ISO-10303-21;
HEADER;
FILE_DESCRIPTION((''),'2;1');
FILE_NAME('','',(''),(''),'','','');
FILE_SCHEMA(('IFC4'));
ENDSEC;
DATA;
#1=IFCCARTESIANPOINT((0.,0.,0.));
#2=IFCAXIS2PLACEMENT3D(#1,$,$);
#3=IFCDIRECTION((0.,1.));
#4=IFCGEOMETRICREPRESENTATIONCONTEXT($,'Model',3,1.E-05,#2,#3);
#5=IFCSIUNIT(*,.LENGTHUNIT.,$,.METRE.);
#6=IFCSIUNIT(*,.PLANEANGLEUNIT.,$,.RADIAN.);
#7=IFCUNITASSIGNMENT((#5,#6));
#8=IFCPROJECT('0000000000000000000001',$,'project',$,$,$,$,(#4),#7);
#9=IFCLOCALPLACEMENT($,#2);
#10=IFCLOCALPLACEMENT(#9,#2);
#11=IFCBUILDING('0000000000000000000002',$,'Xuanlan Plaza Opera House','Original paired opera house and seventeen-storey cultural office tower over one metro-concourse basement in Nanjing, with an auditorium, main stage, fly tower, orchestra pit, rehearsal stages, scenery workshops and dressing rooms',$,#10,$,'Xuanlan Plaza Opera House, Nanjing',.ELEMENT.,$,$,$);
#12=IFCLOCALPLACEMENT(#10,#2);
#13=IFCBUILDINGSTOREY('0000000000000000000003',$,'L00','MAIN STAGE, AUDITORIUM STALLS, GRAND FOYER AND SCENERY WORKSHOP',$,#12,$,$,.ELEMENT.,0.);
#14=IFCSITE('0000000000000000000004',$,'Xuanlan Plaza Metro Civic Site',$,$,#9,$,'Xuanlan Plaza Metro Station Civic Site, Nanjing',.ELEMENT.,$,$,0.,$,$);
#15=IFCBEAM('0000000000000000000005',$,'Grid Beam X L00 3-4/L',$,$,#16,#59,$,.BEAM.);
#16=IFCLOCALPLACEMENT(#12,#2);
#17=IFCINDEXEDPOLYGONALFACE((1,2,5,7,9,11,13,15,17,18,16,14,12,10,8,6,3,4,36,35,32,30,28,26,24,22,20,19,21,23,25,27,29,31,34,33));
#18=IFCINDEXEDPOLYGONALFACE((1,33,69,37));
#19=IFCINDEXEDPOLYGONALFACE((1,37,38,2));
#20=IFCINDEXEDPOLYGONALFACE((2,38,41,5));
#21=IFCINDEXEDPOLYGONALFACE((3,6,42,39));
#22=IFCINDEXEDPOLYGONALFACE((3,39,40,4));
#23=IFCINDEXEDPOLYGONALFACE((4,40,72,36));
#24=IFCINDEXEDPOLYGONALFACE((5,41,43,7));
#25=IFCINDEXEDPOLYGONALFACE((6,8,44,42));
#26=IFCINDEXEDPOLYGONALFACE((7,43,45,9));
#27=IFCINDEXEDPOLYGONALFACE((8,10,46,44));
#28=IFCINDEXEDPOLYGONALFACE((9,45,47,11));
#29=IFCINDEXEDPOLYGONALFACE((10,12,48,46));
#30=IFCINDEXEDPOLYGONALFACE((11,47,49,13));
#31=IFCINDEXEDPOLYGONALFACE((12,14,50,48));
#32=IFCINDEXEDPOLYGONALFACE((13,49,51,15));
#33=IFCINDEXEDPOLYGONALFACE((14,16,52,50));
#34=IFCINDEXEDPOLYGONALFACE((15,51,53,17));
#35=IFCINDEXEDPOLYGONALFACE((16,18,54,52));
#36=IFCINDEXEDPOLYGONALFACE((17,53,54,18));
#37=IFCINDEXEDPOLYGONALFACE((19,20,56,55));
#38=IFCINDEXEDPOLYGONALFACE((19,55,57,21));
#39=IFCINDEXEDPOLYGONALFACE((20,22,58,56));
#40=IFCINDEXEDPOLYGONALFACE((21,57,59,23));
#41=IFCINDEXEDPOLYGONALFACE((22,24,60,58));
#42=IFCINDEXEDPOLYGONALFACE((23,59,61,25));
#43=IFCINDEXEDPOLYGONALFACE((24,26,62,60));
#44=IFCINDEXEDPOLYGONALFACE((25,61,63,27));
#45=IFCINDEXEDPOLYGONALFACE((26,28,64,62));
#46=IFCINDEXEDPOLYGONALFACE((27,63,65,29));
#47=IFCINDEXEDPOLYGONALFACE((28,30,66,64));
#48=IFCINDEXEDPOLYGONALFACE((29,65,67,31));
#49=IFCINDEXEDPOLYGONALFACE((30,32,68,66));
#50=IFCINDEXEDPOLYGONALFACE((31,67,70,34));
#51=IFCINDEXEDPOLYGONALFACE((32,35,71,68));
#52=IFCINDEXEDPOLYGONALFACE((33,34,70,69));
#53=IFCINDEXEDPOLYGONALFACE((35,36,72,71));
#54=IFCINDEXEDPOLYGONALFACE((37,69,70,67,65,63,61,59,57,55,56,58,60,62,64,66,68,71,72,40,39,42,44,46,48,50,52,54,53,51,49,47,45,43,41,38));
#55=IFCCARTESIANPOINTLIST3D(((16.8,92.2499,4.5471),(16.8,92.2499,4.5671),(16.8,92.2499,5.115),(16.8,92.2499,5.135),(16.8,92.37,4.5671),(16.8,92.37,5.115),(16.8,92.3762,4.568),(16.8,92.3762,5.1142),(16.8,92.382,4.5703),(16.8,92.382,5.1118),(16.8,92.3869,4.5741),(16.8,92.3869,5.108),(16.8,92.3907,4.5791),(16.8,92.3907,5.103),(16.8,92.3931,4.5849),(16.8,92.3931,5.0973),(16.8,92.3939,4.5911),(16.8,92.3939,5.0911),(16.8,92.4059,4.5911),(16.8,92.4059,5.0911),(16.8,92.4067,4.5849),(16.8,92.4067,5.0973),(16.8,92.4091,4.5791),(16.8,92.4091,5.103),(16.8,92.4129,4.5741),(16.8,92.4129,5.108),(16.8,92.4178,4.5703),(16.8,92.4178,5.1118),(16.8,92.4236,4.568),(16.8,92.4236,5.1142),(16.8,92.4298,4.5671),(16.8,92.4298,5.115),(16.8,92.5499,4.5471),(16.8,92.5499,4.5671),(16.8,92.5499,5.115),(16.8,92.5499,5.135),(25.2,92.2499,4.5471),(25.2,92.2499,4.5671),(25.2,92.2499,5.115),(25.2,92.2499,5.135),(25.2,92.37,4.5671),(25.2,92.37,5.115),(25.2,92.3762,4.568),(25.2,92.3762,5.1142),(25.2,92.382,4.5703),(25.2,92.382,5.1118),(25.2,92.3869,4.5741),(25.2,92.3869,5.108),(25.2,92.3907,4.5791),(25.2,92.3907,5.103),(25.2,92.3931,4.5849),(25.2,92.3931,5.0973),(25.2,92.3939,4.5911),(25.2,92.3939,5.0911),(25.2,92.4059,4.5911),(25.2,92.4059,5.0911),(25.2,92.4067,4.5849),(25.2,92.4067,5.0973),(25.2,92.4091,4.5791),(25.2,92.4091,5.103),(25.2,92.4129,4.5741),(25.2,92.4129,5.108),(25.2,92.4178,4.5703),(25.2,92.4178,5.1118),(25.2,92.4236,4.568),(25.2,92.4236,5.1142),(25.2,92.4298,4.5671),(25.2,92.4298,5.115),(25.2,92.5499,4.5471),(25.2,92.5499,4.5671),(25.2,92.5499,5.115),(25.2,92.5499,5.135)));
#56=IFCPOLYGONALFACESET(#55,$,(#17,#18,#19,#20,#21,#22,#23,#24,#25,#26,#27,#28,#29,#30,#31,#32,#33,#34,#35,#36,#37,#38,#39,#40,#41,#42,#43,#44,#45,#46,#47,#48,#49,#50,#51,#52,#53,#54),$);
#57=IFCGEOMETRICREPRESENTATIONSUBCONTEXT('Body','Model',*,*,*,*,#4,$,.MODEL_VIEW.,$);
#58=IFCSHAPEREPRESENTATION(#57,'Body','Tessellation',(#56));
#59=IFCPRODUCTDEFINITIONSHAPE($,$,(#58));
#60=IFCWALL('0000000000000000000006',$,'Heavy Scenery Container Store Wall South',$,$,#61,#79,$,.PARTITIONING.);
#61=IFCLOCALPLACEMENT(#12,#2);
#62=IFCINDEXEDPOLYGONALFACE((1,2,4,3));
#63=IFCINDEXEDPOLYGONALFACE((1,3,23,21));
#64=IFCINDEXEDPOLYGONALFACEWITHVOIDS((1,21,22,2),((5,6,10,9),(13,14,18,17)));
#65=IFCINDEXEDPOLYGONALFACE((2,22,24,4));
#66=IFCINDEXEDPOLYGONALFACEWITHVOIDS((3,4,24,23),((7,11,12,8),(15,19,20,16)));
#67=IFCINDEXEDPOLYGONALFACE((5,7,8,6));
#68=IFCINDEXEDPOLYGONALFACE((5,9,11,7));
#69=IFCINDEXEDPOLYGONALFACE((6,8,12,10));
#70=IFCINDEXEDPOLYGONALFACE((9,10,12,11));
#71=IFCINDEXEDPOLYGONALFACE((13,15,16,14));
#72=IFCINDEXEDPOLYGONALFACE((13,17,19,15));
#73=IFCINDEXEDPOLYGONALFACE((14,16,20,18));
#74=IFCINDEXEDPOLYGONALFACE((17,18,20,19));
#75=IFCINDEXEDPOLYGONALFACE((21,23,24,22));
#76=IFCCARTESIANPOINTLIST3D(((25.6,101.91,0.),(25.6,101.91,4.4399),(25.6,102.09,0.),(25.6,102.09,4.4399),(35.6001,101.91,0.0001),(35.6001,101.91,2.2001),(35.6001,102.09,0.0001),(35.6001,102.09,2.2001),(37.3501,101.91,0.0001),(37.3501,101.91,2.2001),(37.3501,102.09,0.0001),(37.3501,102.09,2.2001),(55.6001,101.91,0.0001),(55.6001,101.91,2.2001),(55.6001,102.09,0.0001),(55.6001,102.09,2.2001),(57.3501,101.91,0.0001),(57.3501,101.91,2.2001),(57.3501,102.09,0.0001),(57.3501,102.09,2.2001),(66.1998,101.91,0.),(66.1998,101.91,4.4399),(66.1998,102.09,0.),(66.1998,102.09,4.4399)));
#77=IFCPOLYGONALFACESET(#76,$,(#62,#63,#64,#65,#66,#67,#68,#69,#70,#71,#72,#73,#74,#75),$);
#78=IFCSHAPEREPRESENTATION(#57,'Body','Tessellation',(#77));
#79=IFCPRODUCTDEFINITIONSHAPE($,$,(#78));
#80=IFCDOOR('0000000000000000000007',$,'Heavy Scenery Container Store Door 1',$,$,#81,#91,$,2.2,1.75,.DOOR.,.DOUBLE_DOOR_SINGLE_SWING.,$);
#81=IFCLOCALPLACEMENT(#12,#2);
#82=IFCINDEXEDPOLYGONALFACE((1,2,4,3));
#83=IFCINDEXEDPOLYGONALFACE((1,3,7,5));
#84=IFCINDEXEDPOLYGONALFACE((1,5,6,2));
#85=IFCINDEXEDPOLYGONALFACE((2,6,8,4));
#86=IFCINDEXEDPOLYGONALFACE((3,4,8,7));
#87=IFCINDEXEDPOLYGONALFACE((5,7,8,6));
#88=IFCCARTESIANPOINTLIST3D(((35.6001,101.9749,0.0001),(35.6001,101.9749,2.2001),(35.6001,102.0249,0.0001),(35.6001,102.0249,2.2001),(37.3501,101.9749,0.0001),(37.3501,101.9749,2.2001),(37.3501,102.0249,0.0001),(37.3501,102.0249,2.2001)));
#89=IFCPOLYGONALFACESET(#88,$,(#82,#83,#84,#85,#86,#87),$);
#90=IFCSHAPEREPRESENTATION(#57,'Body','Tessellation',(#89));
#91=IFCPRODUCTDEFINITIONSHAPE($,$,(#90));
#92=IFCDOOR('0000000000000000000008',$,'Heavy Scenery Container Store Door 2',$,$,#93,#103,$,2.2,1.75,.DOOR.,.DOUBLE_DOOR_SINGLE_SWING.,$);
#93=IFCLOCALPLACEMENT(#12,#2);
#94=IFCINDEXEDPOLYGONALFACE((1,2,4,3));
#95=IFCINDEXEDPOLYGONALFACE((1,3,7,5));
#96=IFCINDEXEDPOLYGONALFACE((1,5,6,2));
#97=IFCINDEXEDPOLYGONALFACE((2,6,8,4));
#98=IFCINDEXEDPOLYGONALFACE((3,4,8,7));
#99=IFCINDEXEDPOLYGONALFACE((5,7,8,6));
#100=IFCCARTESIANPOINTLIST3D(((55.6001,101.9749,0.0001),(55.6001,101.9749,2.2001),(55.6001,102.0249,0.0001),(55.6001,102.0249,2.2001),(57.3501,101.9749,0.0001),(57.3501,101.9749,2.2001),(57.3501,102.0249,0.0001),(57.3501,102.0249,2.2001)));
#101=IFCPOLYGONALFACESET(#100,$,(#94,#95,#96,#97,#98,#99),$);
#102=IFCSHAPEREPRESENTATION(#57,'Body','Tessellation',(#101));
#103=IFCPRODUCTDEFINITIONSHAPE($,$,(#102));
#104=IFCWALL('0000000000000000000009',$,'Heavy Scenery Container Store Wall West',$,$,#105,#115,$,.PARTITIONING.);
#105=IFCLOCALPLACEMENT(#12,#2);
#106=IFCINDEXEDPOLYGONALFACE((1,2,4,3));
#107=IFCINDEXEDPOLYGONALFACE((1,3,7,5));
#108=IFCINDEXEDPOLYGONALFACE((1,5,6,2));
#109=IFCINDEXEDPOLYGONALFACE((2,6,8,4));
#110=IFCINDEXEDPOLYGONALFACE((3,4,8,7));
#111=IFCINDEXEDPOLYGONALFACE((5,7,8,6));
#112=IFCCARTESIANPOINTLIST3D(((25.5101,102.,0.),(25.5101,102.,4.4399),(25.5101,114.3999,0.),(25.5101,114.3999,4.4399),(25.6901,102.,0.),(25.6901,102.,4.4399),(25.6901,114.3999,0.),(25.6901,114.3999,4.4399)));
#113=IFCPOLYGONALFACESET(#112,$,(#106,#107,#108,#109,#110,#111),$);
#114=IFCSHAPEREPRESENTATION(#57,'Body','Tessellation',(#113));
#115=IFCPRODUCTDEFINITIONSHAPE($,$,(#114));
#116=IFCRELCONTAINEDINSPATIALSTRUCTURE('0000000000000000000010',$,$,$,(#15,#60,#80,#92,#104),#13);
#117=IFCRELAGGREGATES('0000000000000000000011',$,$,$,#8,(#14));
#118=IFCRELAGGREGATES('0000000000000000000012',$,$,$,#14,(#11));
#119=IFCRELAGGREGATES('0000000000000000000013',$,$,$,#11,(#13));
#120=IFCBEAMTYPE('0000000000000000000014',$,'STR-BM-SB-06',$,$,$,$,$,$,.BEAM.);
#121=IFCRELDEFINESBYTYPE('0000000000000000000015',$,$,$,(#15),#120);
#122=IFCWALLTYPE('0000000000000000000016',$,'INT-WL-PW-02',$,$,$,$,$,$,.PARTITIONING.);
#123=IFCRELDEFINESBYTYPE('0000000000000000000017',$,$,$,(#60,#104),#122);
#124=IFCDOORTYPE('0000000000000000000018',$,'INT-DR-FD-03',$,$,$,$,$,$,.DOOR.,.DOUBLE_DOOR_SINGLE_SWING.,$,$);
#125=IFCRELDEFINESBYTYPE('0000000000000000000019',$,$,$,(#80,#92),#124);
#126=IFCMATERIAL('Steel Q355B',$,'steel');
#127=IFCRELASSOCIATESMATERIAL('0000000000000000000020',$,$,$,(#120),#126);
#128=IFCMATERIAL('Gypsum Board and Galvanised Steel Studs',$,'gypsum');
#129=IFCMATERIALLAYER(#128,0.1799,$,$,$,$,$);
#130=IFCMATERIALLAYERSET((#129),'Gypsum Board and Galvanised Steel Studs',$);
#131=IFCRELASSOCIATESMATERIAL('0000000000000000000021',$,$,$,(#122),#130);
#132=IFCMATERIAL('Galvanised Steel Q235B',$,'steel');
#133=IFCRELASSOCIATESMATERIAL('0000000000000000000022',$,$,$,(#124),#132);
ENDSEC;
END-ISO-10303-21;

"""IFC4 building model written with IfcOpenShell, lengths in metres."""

from ifc_helpers import new_model, si_unit, direction, frame, frame_2d, origin, origin_2d, place, context, subcontext, project, spatial, rectangle, i_section, extrude, material, layer, layer_set, material_profile, profile_set, type_object, element, fill, save


model = new_model("IFC4")

# Units and contexts
model_context = context("Model", 3, precision=1e-05, world=origin(), true_north=direction((0.0, 1.0)))
body_context = subcontext(model_context, "Body", "Model", "MODEL_VIEW")
ifc_project = project(units=[si_unit("LENGTHUNIT", "METRE"), si_unit("PLANEANGLEUNIT", "RADIAN")], contexts=[model_context])

# Site, building, storey
site_placement = place(None, origin())
site = spatial("IfcSite", under=ifc_project, at=site_placement, Name="Xuanlan Plaza Metro Civic Site", LongName="Xuanlan Plaza Metro Station Civic Site, Nanjing", CompositionType="ELEMENT", RefElevation=0.0)
building_placement = place(site_placement, origin())
building = spatial("IfcBuilding", under=site, at=building_placement, Name="Xuanlan Plaza Opera House", Description="Original paired opera house and seventeen-storey cultural office tower over one metro-concourse basement in Nanjing, with an auditorium, main stage, fly tower, orchestra pit, rehearsal stages, scenery workshops and dressing rooms", LongName="Xuanlan Plaza Opera House, Nanjing", CompositionType="ELEMENT")
storey_placement = place(building_placement, origin())
storey = spatial("IfcBuildingStorey", under=building, at=storey_placement, Name="L00", Description="MAIN STAGE, AUDITORIUM STALLS, GRAND FOYER AND SCENERY WORKSHOP", CompositionType="ELEMENT", Elevation=0.0)

# Beam
ifc_material_1 = material(Name="Steel Q355B", Category="steel")
ifc_material_profile_1 = material_profile(ifc_material_1, i_section(OverallWidth=0.3, OverallDepth=0.5879, WebThickness=0.012, FlangeThickness=0.02, FilletRadius=0.0239, at=origin_2d()), Name="HM 588x300x12x20")
ifc_profile_set_1 = profile_set([ifc_material_profile_1], Name="Steel Q355B")
beam_type_1 = type_object("IfcBeamType", Name="STR-BM-SB-06", PredefinedType="BEAM", material=ifc_profile_set_1)
beam_1_placement = place(storey_placement, frame((16.8, 92.3999, 4.8411), z_axis=(1.0, 0.0, 0.0), x_axis=(0.0, 1.0, 0.0)))
element("IfcBeam", 1, at=beam_1_placement, inside=storey, type_object=beam_type_1, Name="Grid Beam X L00 3-4/L", PredefinedType="BEAM", context=body_context, shape_type="SweptSolid", body=[
    extrude(i_section(OverallWidth=0.3, OverallDepth=0.5879, WebThickness=0.012, FlangeThickness=0.02, FilletRadius=0.0239, at=origin_2d()), origin(), (0.0, 0.0, 1.0), 8.3999),
])

# Wall, openings, doors
ifc_material_2 = material(Name="Gypsum Board and Galvanised Steel Studs", Category="gypsum")
ifc_layer = layer(ifc_material_2, 0.1799)
ifc_layer_set = layer_set([ifc_layer], Name="Gypsum Board and Galvanised Steel Studs")
wall_type = type_object("IfcWallType", Name="INT-WL-PW-02", PredefinedType="PARTITIONING", material=ifc_layer_set)
wall_1_placement = place(storey_placement, frame((25.6001, 102.0, 0.0), z_axis=(0.0, 0.0, 1.0), x_axis=(1.0, 0.0, 0.0)))
wall_1 = element("IfcWall", 2, at=wall_1_placement, inside=storey, type_object=wall_type, Name="Heavy Scenery Container Store Wall South", PredefinedType="PARTITIONING", context=body_context, shape_type="SweptSolid", body=[
    extrude(rectangle(XDim=40.5999, YDim=0.1799, at=frame_2d((20.2998, 0.0))), origin(), (0.0, 0.0, 1.0), 4.4399),
])
opening_1_placement = place(wall_1_placement, frame((10.0, 0.0, 0.0)))
opening_1 = element("IfcOpeningElement", 3, at=opening_1_placement, cuts=wall_1, PredefinedType="OPENING", context=body_context, shape_type="SweptSolid", body=[
    extrude(rectangle(XDim=1.75, YDim=2.2, at=frame_2d((0.875, 1.1001))), frame((0.0, 0.0999, 0.0), z_axis=(0.0, -1.0, 0.0), x_axis=(1.0, 0.0, 0.0)), (0.0, 0.0, 1.0), 0.2),
])
opening_2_placement = place(wall_1_placement, frame((30.0, 0.0, 0.0)))
opening_2 = element("IfcOpeningElement", 4, at=opening_2_placement, cuts=wall_1, PredefinedType="OPENING", context=body_context, shape_type="SweptSolid", body=[
    extrude(rectangle(XDim=1.75, YDim=2.2, at=frame_2d((0.875, 1.1001))), frame((0.0, 0.0999, 0.0), z_axis=(0.0, -1.0, 0.0), x_axis=(1.0, 0.0, 0.0)), (0.0, 0.0, 1.0), 0.2),
])
ifc_material_3 = material(Name="Galvanised Steel Q235B", Category="steel")
door_type = type_object("IfcDoorType", Name="INT-DR-FD-03", OperationType="DOUBLE_DOOR_SINGLE_SWING", PredefinedType="DOOR", material=ifc_material_3)
door_1_placement = place(opening_1_placement, origin())
door_1 = element("IfcDoor", 5, at=door_1_placement, inside=storey, type_object=door_type, Name="Heavy Scenery Container Store Door 1", OperationType="DOUBLE_DOOR_SINGLE_SWING", OverallHeight=2.2, OverallWidth=1.75, PredefinedType="DOOR", context=body_context, shape_type="SweptSolid", body=[
    extrude(rectangle(XDim=1.75, YDim=2.2, at=frame_2d((0.875, 1.1001))), frame((0.0, 0.0249, 0.0), z_axis=(0.0, -1.0, 0.0), x_axis=(1.0, 0.0, 0.0)), (0.0, 0.0, 1.0), 0.05),
])
fill(opening_1, door_1)
door_2_placement = place(opening_2_placement, origin())
door_2 = element("IfcDoor", 6, at=door_2_placement, inside=storey, type_object=door_type, Name="Heavy Scenery Container Store Door 2", OperationType="DOUBLE_DOOR_SINGLE_SWING", OverallHeight=2.2, OverallWidth=1.75, PredefinedType="DOOR", context=body_context, shape_type="SweptSolid", body=[
    extrude(rectangle(XDim=1.75, YDim=2.2, at=frame_2d((0.875, 1.1001))), frame((0.0, 0.0249, 0.0), z_axis=(0.0, -1.0, 0.0), x_axis=(1.0, 0.0, 0.0)), (0.0, 0.0, 1.0), 0.05),
])
fill(opening_2, door_2)

# Wall
wall_2_placement = place(storey_placement, frame((25.6001, 102.0, 0.0), z_axis=(0.0, 0.0, 1.0), x_axis=(0.0, 1.0, 0.0)))
element("IfcWall", 7, at=wall_2_placement, inside=storey, type_object=wall_type, Name="Heavy Scenery Container Store Wall West", PredefinedType="PARTITIONING", context=body_context, shape_type="SweptSolid", body=[
    extrude(rectangle(XDim=12.3999, YDim=0.1799, at=frame_2d((6.2, 0.0))), origin(), (0.0, 0.0, 1.0), 4.4399),
])

save(model, "model.ifc")
